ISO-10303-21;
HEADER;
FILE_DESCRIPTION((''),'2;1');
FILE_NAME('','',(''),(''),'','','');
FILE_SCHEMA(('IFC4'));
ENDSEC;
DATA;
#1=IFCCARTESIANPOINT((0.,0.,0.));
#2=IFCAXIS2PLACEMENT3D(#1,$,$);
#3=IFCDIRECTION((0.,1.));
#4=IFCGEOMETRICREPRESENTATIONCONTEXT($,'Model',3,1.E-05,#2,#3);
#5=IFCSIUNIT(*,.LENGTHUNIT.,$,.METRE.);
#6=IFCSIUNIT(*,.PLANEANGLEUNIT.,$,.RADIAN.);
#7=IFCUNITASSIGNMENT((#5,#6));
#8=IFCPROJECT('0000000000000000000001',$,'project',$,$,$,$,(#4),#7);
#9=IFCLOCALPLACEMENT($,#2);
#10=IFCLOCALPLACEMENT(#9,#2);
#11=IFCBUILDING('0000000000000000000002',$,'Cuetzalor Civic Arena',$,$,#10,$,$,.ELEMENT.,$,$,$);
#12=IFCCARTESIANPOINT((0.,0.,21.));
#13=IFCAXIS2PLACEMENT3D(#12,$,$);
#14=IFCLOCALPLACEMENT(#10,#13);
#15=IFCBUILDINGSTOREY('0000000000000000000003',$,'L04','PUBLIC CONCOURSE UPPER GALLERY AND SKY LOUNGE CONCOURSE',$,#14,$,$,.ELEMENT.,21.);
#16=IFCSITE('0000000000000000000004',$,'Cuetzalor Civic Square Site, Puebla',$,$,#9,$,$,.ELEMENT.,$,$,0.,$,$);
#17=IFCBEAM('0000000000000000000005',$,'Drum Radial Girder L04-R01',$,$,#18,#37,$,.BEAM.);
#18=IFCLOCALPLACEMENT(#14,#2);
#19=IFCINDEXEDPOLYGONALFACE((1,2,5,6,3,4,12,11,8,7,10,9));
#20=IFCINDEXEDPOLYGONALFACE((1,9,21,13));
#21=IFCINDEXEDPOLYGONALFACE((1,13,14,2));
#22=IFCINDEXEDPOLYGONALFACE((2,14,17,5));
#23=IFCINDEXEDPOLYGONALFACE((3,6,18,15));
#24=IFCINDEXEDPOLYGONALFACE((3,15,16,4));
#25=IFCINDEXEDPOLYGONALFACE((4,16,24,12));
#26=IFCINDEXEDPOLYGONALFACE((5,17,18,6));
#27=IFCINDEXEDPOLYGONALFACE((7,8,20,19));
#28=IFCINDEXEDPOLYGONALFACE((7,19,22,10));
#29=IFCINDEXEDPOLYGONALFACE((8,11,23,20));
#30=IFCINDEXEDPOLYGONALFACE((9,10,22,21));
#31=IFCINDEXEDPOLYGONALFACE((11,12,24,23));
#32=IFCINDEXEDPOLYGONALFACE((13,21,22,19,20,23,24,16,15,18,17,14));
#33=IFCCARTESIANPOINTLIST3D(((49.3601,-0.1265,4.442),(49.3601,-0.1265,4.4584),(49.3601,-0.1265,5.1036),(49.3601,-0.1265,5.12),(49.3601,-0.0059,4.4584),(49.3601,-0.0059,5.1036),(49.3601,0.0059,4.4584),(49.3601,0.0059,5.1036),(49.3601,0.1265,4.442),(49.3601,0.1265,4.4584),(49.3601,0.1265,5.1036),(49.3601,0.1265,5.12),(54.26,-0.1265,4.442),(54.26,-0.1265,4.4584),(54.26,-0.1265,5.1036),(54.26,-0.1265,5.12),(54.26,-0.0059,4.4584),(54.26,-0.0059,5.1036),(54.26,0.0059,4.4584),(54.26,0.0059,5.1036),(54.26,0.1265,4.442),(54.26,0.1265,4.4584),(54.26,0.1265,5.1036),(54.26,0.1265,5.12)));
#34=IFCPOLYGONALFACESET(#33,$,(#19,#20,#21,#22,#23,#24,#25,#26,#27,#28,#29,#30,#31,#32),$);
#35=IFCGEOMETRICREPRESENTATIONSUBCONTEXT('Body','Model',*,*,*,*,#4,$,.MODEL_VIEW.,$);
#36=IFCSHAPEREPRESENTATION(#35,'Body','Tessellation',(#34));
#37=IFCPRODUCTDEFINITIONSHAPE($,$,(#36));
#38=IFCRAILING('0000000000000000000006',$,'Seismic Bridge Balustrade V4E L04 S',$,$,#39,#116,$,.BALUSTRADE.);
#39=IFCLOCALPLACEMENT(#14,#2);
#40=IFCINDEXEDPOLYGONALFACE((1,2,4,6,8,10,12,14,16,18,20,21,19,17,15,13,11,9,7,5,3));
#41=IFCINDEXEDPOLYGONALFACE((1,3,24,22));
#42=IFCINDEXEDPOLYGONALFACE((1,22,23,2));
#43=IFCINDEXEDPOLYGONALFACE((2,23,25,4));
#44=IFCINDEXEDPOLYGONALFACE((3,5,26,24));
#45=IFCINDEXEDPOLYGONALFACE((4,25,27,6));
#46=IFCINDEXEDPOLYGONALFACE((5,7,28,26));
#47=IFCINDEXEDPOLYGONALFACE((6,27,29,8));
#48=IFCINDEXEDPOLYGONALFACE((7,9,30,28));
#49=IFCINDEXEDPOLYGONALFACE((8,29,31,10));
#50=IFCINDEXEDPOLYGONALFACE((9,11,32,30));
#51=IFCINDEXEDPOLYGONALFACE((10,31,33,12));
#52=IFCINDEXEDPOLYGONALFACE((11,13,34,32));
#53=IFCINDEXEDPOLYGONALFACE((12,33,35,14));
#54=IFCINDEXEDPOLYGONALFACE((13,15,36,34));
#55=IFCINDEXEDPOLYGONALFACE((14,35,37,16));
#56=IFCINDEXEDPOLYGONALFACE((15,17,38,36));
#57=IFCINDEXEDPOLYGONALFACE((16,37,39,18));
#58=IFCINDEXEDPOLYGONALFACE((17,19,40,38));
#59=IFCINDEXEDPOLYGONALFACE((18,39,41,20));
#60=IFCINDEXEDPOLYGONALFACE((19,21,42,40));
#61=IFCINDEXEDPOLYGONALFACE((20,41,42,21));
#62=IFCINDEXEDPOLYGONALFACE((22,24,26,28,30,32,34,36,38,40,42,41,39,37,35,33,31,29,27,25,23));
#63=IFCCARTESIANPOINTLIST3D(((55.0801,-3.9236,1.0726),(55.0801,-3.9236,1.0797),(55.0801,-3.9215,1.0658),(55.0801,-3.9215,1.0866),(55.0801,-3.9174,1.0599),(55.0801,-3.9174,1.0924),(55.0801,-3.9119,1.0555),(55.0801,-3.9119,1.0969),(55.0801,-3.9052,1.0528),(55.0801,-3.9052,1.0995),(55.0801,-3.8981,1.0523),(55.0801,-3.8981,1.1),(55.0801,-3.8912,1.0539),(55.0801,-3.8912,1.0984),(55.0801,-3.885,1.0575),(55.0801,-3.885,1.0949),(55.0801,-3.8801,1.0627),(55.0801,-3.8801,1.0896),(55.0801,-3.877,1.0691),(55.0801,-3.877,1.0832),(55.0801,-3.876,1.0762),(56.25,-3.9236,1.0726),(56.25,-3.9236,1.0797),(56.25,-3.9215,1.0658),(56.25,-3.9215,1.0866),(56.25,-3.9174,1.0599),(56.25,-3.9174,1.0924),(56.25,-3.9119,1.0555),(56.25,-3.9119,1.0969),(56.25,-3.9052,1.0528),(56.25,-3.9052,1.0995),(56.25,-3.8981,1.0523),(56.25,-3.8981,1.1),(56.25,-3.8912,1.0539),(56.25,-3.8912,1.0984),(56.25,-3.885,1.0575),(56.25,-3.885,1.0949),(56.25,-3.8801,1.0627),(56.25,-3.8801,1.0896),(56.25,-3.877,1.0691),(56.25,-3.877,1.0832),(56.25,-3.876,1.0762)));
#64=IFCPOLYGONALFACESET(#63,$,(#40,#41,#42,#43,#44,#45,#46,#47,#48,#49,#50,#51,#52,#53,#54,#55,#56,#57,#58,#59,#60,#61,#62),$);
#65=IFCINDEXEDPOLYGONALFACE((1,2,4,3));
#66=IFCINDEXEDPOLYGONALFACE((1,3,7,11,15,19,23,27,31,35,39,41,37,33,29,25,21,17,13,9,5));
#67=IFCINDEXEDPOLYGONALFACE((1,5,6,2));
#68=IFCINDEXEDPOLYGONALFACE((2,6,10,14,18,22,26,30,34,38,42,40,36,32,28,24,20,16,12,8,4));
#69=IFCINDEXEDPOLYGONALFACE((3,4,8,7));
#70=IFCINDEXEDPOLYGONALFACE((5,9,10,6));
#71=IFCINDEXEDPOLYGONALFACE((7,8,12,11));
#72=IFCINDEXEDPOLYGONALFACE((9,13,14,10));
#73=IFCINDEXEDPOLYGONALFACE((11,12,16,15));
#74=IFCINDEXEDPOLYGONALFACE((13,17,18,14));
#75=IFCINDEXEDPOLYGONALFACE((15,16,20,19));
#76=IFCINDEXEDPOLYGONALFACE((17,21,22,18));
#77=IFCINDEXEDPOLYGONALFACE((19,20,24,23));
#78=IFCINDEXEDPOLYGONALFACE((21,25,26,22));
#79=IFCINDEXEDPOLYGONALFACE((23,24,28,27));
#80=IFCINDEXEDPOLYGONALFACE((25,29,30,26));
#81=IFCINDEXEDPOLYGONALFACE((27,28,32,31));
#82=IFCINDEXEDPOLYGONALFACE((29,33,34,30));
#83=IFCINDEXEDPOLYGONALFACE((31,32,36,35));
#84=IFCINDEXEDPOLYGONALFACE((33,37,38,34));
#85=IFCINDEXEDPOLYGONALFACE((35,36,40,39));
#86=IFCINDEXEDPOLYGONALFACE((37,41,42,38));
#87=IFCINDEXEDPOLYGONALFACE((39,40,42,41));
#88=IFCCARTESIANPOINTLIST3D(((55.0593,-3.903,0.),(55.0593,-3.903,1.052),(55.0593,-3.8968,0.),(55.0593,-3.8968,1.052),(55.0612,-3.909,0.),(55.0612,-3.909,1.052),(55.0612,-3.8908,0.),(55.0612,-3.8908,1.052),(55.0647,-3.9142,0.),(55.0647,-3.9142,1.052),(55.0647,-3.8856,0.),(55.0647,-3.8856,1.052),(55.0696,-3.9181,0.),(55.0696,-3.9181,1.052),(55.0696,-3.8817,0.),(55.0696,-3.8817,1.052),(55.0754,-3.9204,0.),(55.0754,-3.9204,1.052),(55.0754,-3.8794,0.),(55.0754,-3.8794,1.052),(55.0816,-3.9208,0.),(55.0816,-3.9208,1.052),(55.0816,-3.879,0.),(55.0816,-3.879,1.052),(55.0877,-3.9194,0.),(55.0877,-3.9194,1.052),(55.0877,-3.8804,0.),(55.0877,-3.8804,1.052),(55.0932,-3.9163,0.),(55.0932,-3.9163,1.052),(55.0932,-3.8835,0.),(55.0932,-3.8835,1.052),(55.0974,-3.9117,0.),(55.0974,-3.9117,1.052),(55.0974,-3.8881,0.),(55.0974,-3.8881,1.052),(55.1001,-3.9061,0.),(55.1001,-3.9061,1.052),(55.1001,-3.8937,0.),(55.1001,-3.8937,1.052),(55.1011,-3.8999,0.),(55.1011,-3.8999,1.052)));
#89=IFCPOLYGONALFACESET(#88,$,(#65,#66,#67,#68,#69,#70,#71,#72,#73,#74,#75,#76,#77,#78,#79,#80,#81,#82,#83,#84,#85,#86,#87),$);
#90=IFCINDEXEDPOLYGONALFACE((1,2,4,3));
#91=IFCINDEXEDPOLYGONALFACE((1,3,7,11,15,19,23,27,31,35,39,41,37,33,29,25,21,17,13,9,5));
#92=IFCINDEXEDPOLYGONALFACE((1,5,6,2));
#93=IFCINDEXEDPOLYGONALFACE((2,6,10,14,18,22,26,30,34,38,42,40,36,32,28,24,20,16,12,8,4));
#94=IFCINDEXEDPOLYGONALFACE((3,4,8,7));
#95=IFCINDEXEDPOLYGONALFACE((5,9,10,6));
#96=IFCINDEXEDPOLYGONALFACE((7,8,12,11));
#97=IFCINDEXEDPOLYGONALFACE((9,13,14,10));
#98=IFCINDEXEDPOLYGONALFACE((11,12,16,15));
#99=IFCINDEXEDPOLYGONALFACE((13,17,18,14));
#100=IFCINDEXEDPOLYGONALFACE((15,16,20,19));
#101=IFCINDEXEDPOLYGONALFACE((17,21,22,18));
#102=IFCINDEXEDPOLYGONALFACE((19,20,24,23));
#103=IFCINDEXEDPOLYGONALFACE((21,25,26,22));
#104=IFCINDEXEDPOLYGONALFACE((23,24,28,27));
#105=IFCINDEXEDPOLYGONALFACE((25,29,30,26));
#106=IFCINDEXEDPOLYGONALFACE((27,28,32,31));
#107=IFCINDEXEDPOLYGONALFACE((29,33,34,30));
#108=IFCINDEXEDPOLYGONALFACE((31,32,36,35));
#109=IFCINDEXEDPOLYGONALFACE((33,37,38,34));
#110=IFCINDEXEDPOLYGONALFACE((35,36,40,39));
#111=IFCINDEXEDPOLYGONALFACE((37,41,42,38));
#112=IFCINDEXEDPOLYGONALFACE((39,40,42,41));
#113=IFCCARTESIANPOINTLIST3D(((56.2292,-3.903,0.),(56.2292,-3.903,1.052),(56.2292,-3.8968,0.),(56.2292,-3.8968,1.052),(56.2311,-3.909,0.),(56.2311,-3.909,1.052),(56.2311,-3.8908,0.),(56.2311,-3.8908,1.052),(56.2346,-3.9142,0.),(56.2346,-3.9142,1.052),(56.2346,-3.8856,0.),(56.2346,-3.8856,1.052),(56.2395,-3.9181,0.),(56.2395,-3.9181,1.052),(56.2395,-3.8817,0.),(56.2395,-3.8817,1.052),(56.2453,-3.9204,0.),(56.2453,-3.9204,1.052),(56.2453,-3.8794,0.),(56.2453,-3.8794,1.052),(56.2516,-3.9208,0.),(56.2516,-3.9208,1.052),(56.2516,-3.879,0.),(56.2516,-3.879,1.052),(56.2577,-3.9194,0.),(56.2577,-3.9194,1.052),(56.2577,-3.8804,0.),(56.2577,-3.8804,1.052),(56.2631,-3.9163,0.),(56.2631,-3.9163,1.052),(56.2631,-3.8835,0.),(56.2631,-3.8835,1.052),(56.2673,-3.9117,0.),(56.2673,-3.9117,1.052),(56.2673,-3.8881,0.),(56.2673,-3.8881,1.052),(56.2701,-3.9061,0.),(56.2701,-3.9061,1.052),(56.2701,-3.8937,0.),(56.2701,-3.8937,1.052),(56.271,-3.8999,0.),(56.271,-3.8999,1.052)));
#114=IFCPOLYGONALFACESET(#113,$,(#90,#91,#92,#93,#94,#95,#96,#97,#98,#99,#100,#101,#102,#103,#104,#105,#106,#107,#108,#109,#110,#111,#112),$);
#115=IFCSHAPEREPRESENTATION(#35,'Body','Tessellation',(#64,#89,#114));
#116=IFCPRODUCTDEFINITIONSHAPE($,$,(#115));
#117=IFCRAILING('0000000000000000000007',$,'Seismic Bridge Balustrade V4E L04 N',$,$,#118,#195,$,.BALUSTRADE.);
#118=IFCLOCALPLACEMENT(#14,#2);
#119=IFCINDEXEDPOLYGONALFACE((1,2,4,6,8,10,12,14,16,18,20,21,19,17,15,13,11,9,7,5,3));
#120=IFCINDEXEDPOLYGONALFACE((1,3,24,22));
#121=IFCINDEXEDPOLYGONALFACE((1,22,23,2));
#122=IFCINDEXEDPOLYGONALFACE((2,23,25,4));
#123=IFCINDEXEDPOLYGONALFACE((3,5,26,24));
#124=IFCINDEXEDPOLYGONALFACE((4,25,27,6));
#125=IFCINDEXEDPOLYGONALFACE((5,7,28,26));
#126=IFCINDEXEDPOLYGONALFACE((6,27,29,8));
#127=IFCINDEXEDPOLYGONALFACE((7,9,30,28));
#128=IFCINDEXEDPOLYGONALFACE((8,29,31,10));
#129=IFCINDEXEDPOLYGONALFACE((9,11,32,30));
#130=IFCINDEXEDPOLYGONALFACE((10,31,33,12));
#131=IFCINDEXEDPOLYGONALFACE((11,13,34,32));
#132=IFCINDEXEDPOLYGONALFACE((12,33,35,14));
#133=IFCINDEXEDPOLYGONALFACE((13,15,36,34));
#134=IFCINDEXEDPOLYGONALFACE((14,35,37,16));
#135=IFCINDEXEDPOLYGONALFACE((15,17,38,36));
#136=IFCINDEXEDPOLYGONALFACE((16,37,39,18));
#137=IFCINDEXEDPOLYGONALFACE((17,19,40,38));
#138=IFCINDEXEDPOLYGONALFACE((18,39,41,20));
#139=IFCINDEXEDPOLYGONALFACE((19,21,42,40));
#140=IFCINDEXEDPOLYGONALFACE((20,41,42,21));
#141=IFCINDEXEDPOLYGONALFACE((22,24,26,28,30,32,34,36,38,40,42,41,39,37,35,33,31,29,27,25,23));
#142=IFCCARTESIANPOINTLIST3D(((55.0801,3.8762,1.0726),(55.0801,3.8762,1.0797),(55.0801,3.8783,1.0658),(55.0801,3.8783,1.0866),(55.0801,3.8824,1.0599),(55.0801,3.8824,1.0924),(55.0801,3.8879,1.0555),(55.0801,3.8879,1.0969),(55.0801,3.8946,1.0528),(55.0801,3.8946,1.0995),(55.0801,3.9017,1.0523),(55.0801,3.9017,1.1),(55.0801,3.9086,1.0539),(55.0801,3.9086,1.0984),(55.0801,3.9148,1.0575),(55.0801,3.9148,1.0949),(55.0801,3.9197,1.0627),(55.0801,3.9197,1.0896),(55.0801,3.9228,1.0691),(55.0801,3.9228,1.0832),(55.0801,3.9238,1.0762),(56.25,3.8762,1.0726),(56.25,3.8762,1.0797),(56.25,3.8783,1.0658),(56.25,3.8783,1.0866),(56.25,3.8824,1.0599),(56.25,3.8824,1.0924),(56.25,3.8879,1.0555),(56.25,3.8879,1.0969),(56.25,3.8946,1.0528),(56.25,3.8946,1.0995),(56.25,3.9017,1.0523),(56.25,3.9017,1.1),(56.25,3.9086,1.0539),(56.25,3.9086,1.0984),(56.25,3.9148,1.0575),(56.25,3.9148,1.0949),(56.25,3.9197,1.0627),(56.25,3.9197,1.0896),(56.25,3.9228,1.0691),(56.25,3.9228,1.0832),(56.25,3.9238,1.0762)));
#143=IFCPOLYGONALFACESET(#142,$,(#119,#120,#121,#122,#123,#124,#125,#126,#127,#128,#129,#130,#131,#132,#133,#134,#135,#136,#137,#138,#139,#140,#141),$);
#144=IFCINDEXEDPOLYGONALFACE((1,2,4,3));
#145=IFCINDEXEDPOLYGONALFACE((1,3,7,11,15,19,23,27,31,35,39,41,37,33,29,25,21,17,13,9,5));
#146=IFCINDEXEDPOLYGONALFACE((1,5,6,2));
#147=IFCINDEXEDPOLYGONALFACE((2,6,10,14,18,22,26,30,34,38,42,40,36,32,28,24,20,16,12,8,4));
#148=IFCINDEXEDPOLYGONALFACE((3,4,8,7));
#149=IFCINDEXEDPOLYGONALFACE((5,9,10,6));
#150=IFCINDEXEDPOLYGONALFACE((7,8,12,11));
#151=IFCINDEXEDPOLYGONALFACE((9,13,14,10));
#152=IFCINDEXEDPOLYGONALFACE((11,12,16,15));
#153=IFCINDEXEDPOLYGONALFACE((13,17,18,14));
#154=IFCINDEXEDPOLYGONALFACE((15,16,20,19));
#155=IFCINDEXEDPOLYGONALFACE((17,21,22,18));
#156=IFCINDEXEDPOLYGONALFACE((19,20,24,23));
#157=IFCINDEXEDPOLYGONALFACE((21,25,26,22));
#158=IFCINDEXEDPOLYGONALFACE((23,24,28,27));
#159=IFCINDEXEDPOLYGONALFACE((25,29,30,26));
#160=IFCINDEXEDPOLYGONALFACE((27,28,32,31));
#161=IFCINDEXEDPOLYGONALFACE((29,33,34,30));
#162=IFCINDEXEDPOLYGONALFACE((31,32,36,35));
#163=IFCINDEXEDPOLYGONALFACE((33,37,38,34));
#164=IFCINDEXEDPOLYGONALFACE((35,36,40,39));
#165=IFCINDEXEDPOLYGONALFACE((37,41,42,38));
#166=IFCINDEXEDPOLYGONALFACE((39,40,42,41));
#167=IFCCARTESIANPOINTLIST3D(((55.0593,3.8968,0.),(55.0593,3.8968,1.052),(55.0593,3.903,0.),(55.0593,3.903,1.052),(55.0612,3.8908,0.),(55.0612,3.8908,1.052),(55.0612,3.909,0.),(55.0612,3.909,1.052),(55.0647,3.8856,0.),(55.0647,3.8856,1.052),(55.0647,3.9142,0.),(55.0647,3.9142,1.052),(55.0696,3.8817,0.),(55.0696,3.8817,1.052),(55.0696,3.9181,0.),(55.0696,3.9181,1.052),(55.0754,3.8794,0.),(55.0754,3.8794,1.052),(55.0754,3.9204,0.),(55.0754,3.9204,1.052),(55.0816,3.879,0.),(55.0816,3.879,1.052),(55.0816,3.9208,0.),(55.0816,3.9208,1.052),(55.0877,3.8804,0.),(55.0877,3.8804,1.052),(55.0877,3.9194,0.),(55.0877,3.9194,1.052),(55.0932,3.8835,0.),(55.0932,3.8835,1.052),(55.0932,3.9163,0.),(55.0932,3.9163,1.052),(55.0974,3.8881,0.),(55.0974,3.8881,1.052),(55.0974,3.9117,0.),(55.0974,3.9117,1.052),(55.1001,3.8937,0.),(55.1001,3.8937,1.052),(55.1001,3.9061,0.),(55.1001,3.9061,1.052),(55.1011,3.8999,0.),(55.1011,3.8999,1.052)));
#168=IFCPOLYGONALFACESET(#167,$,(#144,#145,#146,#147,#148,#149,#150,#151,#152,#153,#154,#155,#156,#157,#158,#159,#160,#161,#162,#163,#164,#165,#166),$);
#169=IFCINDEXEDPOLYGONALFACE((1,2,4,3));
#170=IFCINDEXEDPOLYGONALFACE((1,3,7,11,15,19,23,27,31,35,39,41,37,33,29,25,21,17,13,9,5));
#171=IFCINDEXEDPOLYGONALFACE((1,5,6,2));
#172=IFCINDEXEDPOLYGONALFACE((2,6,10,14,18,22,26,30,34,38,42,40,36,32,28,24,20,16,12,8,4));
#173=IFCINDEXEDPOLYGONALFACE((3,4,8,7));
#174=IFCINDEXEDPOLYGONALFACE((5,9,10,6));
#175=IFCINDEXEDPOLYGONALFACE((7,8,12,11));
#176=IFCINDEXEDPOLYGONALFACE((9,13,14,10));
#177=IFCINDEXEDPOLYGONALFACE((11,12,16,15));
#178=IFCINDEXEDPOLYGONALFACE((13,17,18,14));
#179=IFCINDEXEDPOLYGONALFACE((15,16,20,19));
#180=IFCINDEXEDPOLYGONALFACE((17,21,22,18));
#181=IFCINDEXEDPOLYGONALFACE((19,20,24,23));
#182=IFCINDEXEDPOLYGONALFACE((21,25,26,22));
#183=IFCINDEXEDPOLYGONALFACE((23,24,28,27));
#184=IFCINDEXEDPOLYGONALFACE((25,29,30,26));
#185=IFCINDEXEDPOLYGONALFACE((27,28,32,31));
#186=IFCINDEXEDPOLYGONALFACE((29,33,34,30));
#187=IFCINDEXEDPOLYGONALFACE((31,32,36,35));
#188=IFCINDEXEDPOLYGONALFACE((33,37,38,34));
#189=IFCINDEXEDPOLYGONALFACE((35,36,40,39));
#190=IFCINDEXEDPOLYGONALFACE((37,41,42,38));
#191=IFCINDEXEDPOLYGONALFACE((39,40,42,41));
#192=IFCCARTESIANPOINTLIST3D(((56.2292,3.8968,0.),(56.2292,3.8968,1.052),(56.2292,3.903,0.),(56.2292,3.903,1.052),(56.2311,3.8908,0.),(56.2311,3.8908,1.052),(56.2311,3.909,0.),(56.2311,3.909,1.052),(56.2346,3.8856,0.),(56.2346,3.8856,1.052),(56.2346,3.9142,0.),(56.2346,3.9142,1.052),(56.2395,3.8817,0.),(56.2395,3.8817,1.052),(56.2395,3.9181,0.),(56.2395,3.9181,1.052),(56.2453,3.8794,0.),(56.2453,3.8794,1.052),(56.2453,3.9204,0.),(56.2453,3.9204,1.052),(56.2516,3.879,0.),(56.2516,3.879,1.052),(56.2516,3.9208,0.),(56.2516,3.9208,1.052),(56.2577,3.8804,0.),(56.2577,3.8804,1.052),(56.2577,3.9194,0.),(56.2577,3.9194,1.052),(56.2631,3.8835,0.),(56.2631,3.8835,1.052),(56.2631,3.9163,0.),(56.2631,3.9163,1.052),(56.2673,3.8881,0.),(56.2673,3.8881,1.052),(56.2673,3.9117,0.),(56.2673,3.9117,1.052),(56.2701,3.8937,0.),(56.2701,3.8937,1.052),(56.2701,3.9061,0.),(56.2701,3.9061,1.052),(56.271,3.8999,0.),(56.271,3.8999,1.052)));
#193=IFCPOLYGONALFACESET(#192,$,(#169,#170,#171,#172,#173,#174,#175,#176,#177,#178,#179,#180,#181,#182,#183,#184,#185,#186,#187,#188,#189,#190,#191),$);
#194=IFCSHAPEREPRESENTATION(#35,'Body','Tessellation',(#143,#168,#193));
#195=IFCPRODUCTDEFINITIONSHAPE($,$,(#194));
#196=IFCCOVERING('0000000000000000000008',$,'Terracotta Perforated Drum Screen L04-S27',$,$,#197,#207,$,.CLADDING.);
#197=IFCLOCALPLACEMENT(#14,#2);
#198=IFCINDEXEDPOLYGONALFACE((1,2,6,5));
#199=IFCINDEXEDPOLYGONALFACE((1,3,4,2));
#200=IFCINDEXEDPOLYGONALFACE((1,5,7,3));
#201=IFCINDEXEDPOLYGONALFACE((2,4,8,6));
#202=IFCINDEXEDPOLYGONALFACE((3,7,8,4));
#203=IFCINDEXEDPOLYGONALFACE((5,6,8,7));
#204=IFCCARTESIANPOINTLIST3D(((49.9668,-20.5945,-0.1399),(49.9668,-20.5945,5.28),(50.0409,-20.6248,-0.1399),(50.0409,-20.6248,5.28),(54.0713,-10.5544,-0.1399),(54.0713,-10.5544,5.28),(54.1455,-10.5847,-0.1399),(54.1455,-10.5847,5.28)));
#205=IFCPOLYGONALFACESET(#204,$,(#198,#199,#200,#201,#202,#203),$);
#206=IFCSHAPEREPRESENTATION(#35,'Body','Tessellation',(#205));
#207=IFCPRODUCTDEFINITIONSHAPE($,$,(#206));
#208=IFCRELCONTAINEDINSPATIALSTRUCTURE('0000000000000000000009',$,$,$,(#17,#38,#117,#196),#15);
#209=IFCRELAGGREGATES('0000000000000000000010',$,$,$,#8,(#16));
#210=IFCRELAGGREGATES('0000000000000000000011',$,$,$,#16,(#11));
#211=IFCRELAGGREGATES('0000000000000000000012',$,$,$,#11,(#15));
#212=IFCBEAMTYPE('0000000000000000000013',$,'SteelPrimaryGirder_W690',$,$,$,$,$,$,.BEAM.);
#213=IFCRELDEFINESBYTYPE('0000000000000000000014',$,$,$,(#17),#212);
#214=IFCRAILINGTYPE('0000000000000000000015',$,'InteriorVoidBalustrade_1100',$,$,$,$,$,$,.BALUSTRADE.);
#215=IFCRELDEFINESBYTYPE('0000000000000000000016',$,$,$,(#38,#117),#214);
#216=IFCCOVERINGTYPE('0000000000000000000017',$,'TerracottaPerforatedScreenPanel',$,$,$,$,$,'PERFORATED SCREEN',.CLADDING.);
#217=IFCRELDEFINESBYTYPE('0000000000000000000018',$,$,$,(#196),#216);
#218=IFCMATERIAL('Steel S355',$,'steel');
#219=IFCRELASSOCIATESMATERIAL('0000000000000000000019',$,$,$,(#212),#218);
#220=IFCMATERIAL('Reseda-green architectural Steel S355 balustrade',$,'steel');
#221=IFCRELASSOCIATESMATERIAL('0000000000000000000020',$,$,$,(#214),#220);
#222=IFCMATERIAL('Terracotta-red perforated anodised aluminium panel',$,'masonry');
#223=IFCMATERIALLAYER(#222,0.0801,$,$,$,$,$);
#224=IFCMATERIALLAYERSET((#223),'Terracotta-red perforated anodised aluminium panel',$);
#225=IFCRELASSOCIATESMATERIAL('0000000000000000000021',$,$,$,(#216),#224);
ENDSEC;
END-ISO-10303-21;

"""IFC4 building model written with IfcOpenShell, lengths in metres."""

from ifc_helpers import new_model, si_unit, direction, frame, frame_2d, origin, origin_2d, place, context, subcontext, project, spatial, rectangle, circle, i_section, extrude, material, layer, layer_set, material_profile, profile_set, type_object, element, save


model = new_model("IFC4")

# Units and contexts
model_context = context("Model", 3, precision=1e-05, world=origin(), true_north=direction((0.0, 1.0)))
body_context = subcontext(model_context, "Body", "Model", "MODEL_VIEW")
ifc_project = project(units=[si_unit("LENGTHUNIT", "METRE"), si_unit("PLANEANGLEUNIT", "RADIAN")], contexts=[model_context])

# Site, building, storey
site_placement = place(None, origin())
site = spatial("IfcSite", under=ifc_project, at=site_placement, Name="Cuetzalor Civic Square Site, Puebla", CompositionType="ELEMENT", RefElevation=0.0)
building_placement = place(site_placement, origin())
building = spatial("IfcBuilding", under=site, at=building_placement, Name="Cuetzalor Civic Arena", CompositionType="ELEMENT")
storey_placement = place(building_placement, frame((0.0, 0.0, 21.0)))
storey = spatial("IfcBuildingStorey", under=building, at=storey_placement, Name="L04", Description="PUBLIC CONCOURSE UPPER GALLERY AND SKY LOUNGE CONCOURSE", CompositionType="ELEMENT", Elevation=21.0)

# Beam
ifc_material_1 = material(Name="Steel S355", Category="steel")
ifc_material_profile_1 = material_profile(ifc_material_1, i_section(OverallWidth=0.2529, OverallDepth=0.678, WebThickness=0.0117, FlangeThickness=0.0164, at=origin_2d()), Name="W690x125")
ifc_profile_set_1 = profile_set([ifc_material_profile_1], Name="Steel S355")
beam_type_1 = type_object("IfcBeamType", Name="SteelPrimaryGirder_W690", PredefinedType="BEAM", material=ifc_profile_set_1)
beam_1_placement = place(storey_placement, frame((49.3601, 0.0, 4.781), z_axis=(1.0, 0.0, 0.0), x_axis=(0.0, 1.0, 0.0)))
element("IfcBeam", 1, at=beam_1_placement, inside=storey, type_object=beam_type_1, Name="Drum Radial Girder L04-R01", PredefinedType="BEAM", context=body_context, shape_type="SweptSolid", body=[
    extrude(i_section(OverallWidth=0.2529, OverallDepth=0.678, WebThickness=0.0117, FlangeThickness=0.0164, at=origin_2d()), origin(), (0.0, 0.0, 1.0), 4.8999),
])

# Railings
ifc_material_2 = material(Name="Reseda-green architectural Steel S355 balustrade", Category="steel")
railing_type = type_object("IfcRailingType", Name="InteriorVoidBalustrade_1100", PredefinedType="BALUSTRADE", material=ifc_material_2)
for number, where, name in (
    (2, (55.0801, -3.8999, 0.0), "Seismic Bridge Balustrade V4E L04 S"),
    (3, (55.0801, 3.8999, 0.0), "Seismic Bridge Balustrade V4E L04 N"),
):
    element("IfcRailing", number, at=place(storey_placement, frame(where)), inside=storey, type_object=railing_type, Name=name, PredefinedType="BALUSTRADE", context=body_context, shape_type="SweptSolid", body=[
        extrude(circle(Radius=0.0239, at=origin_2d()), frame((0.0, 0.0, 1.0762), z_axis=(1.0, 0.0, 0.0), x_axis=(0.0, 1.0, 0.0)), (0.0, 0.0, 1.0), 1.1699),
        extrude(circle(Radius=0.021, at=origin_2d()), origin(), (0.0, 0.0, 1.0), 1.052),
        extrude(circle(Radius=0.021, at=origin_2d()), frame((1.1699, 0.0, 0.0)), (0.0, 0.0, 1.0), 1.052),
    ])

# Covering
ifc_material_3 = material(Name="Terracotta-red perforated anodised aluminium panel", Category="masonry")
ifc_layer_1 = layer(ifc_material_3, 0.0801)
ifc_layer_set_1 = layer_set([ifc_layer_1], Name="Terracotta-red perforated anodised aluminium panel")
covering_type = type_object("IfcCoveringType", Name="TerracottaPerforatedScreenPanel", ElementType="PERFORATED SCREEN", PredefinedType="CLADDING", material=ifc_layer_set_1)
covering_1_placement = place(storey_placement, frame((54.1084, -10.5696, -0.1399), z_axis=(0.0, 0.0, 1.0), x_axis=(-0.378412, -0.925637, 0.0)))
element("IfcCovering", 4, at=covering_1_placement, inside=storey, type_object=covering_type, Name="Terracotta Perforated Drum Screen L04-S27", PredefinedType="CLADDING", context=body_context, shape_type="SweptSolid", body=[
    extrude(rectangle(XDim=10.8467, YDim=0.0801, at=frame_2d((5.4233, 0.0))), origin(), (0.0, 0.0, 1.0), 5.4199),
])

save(model, "model.ifc")
